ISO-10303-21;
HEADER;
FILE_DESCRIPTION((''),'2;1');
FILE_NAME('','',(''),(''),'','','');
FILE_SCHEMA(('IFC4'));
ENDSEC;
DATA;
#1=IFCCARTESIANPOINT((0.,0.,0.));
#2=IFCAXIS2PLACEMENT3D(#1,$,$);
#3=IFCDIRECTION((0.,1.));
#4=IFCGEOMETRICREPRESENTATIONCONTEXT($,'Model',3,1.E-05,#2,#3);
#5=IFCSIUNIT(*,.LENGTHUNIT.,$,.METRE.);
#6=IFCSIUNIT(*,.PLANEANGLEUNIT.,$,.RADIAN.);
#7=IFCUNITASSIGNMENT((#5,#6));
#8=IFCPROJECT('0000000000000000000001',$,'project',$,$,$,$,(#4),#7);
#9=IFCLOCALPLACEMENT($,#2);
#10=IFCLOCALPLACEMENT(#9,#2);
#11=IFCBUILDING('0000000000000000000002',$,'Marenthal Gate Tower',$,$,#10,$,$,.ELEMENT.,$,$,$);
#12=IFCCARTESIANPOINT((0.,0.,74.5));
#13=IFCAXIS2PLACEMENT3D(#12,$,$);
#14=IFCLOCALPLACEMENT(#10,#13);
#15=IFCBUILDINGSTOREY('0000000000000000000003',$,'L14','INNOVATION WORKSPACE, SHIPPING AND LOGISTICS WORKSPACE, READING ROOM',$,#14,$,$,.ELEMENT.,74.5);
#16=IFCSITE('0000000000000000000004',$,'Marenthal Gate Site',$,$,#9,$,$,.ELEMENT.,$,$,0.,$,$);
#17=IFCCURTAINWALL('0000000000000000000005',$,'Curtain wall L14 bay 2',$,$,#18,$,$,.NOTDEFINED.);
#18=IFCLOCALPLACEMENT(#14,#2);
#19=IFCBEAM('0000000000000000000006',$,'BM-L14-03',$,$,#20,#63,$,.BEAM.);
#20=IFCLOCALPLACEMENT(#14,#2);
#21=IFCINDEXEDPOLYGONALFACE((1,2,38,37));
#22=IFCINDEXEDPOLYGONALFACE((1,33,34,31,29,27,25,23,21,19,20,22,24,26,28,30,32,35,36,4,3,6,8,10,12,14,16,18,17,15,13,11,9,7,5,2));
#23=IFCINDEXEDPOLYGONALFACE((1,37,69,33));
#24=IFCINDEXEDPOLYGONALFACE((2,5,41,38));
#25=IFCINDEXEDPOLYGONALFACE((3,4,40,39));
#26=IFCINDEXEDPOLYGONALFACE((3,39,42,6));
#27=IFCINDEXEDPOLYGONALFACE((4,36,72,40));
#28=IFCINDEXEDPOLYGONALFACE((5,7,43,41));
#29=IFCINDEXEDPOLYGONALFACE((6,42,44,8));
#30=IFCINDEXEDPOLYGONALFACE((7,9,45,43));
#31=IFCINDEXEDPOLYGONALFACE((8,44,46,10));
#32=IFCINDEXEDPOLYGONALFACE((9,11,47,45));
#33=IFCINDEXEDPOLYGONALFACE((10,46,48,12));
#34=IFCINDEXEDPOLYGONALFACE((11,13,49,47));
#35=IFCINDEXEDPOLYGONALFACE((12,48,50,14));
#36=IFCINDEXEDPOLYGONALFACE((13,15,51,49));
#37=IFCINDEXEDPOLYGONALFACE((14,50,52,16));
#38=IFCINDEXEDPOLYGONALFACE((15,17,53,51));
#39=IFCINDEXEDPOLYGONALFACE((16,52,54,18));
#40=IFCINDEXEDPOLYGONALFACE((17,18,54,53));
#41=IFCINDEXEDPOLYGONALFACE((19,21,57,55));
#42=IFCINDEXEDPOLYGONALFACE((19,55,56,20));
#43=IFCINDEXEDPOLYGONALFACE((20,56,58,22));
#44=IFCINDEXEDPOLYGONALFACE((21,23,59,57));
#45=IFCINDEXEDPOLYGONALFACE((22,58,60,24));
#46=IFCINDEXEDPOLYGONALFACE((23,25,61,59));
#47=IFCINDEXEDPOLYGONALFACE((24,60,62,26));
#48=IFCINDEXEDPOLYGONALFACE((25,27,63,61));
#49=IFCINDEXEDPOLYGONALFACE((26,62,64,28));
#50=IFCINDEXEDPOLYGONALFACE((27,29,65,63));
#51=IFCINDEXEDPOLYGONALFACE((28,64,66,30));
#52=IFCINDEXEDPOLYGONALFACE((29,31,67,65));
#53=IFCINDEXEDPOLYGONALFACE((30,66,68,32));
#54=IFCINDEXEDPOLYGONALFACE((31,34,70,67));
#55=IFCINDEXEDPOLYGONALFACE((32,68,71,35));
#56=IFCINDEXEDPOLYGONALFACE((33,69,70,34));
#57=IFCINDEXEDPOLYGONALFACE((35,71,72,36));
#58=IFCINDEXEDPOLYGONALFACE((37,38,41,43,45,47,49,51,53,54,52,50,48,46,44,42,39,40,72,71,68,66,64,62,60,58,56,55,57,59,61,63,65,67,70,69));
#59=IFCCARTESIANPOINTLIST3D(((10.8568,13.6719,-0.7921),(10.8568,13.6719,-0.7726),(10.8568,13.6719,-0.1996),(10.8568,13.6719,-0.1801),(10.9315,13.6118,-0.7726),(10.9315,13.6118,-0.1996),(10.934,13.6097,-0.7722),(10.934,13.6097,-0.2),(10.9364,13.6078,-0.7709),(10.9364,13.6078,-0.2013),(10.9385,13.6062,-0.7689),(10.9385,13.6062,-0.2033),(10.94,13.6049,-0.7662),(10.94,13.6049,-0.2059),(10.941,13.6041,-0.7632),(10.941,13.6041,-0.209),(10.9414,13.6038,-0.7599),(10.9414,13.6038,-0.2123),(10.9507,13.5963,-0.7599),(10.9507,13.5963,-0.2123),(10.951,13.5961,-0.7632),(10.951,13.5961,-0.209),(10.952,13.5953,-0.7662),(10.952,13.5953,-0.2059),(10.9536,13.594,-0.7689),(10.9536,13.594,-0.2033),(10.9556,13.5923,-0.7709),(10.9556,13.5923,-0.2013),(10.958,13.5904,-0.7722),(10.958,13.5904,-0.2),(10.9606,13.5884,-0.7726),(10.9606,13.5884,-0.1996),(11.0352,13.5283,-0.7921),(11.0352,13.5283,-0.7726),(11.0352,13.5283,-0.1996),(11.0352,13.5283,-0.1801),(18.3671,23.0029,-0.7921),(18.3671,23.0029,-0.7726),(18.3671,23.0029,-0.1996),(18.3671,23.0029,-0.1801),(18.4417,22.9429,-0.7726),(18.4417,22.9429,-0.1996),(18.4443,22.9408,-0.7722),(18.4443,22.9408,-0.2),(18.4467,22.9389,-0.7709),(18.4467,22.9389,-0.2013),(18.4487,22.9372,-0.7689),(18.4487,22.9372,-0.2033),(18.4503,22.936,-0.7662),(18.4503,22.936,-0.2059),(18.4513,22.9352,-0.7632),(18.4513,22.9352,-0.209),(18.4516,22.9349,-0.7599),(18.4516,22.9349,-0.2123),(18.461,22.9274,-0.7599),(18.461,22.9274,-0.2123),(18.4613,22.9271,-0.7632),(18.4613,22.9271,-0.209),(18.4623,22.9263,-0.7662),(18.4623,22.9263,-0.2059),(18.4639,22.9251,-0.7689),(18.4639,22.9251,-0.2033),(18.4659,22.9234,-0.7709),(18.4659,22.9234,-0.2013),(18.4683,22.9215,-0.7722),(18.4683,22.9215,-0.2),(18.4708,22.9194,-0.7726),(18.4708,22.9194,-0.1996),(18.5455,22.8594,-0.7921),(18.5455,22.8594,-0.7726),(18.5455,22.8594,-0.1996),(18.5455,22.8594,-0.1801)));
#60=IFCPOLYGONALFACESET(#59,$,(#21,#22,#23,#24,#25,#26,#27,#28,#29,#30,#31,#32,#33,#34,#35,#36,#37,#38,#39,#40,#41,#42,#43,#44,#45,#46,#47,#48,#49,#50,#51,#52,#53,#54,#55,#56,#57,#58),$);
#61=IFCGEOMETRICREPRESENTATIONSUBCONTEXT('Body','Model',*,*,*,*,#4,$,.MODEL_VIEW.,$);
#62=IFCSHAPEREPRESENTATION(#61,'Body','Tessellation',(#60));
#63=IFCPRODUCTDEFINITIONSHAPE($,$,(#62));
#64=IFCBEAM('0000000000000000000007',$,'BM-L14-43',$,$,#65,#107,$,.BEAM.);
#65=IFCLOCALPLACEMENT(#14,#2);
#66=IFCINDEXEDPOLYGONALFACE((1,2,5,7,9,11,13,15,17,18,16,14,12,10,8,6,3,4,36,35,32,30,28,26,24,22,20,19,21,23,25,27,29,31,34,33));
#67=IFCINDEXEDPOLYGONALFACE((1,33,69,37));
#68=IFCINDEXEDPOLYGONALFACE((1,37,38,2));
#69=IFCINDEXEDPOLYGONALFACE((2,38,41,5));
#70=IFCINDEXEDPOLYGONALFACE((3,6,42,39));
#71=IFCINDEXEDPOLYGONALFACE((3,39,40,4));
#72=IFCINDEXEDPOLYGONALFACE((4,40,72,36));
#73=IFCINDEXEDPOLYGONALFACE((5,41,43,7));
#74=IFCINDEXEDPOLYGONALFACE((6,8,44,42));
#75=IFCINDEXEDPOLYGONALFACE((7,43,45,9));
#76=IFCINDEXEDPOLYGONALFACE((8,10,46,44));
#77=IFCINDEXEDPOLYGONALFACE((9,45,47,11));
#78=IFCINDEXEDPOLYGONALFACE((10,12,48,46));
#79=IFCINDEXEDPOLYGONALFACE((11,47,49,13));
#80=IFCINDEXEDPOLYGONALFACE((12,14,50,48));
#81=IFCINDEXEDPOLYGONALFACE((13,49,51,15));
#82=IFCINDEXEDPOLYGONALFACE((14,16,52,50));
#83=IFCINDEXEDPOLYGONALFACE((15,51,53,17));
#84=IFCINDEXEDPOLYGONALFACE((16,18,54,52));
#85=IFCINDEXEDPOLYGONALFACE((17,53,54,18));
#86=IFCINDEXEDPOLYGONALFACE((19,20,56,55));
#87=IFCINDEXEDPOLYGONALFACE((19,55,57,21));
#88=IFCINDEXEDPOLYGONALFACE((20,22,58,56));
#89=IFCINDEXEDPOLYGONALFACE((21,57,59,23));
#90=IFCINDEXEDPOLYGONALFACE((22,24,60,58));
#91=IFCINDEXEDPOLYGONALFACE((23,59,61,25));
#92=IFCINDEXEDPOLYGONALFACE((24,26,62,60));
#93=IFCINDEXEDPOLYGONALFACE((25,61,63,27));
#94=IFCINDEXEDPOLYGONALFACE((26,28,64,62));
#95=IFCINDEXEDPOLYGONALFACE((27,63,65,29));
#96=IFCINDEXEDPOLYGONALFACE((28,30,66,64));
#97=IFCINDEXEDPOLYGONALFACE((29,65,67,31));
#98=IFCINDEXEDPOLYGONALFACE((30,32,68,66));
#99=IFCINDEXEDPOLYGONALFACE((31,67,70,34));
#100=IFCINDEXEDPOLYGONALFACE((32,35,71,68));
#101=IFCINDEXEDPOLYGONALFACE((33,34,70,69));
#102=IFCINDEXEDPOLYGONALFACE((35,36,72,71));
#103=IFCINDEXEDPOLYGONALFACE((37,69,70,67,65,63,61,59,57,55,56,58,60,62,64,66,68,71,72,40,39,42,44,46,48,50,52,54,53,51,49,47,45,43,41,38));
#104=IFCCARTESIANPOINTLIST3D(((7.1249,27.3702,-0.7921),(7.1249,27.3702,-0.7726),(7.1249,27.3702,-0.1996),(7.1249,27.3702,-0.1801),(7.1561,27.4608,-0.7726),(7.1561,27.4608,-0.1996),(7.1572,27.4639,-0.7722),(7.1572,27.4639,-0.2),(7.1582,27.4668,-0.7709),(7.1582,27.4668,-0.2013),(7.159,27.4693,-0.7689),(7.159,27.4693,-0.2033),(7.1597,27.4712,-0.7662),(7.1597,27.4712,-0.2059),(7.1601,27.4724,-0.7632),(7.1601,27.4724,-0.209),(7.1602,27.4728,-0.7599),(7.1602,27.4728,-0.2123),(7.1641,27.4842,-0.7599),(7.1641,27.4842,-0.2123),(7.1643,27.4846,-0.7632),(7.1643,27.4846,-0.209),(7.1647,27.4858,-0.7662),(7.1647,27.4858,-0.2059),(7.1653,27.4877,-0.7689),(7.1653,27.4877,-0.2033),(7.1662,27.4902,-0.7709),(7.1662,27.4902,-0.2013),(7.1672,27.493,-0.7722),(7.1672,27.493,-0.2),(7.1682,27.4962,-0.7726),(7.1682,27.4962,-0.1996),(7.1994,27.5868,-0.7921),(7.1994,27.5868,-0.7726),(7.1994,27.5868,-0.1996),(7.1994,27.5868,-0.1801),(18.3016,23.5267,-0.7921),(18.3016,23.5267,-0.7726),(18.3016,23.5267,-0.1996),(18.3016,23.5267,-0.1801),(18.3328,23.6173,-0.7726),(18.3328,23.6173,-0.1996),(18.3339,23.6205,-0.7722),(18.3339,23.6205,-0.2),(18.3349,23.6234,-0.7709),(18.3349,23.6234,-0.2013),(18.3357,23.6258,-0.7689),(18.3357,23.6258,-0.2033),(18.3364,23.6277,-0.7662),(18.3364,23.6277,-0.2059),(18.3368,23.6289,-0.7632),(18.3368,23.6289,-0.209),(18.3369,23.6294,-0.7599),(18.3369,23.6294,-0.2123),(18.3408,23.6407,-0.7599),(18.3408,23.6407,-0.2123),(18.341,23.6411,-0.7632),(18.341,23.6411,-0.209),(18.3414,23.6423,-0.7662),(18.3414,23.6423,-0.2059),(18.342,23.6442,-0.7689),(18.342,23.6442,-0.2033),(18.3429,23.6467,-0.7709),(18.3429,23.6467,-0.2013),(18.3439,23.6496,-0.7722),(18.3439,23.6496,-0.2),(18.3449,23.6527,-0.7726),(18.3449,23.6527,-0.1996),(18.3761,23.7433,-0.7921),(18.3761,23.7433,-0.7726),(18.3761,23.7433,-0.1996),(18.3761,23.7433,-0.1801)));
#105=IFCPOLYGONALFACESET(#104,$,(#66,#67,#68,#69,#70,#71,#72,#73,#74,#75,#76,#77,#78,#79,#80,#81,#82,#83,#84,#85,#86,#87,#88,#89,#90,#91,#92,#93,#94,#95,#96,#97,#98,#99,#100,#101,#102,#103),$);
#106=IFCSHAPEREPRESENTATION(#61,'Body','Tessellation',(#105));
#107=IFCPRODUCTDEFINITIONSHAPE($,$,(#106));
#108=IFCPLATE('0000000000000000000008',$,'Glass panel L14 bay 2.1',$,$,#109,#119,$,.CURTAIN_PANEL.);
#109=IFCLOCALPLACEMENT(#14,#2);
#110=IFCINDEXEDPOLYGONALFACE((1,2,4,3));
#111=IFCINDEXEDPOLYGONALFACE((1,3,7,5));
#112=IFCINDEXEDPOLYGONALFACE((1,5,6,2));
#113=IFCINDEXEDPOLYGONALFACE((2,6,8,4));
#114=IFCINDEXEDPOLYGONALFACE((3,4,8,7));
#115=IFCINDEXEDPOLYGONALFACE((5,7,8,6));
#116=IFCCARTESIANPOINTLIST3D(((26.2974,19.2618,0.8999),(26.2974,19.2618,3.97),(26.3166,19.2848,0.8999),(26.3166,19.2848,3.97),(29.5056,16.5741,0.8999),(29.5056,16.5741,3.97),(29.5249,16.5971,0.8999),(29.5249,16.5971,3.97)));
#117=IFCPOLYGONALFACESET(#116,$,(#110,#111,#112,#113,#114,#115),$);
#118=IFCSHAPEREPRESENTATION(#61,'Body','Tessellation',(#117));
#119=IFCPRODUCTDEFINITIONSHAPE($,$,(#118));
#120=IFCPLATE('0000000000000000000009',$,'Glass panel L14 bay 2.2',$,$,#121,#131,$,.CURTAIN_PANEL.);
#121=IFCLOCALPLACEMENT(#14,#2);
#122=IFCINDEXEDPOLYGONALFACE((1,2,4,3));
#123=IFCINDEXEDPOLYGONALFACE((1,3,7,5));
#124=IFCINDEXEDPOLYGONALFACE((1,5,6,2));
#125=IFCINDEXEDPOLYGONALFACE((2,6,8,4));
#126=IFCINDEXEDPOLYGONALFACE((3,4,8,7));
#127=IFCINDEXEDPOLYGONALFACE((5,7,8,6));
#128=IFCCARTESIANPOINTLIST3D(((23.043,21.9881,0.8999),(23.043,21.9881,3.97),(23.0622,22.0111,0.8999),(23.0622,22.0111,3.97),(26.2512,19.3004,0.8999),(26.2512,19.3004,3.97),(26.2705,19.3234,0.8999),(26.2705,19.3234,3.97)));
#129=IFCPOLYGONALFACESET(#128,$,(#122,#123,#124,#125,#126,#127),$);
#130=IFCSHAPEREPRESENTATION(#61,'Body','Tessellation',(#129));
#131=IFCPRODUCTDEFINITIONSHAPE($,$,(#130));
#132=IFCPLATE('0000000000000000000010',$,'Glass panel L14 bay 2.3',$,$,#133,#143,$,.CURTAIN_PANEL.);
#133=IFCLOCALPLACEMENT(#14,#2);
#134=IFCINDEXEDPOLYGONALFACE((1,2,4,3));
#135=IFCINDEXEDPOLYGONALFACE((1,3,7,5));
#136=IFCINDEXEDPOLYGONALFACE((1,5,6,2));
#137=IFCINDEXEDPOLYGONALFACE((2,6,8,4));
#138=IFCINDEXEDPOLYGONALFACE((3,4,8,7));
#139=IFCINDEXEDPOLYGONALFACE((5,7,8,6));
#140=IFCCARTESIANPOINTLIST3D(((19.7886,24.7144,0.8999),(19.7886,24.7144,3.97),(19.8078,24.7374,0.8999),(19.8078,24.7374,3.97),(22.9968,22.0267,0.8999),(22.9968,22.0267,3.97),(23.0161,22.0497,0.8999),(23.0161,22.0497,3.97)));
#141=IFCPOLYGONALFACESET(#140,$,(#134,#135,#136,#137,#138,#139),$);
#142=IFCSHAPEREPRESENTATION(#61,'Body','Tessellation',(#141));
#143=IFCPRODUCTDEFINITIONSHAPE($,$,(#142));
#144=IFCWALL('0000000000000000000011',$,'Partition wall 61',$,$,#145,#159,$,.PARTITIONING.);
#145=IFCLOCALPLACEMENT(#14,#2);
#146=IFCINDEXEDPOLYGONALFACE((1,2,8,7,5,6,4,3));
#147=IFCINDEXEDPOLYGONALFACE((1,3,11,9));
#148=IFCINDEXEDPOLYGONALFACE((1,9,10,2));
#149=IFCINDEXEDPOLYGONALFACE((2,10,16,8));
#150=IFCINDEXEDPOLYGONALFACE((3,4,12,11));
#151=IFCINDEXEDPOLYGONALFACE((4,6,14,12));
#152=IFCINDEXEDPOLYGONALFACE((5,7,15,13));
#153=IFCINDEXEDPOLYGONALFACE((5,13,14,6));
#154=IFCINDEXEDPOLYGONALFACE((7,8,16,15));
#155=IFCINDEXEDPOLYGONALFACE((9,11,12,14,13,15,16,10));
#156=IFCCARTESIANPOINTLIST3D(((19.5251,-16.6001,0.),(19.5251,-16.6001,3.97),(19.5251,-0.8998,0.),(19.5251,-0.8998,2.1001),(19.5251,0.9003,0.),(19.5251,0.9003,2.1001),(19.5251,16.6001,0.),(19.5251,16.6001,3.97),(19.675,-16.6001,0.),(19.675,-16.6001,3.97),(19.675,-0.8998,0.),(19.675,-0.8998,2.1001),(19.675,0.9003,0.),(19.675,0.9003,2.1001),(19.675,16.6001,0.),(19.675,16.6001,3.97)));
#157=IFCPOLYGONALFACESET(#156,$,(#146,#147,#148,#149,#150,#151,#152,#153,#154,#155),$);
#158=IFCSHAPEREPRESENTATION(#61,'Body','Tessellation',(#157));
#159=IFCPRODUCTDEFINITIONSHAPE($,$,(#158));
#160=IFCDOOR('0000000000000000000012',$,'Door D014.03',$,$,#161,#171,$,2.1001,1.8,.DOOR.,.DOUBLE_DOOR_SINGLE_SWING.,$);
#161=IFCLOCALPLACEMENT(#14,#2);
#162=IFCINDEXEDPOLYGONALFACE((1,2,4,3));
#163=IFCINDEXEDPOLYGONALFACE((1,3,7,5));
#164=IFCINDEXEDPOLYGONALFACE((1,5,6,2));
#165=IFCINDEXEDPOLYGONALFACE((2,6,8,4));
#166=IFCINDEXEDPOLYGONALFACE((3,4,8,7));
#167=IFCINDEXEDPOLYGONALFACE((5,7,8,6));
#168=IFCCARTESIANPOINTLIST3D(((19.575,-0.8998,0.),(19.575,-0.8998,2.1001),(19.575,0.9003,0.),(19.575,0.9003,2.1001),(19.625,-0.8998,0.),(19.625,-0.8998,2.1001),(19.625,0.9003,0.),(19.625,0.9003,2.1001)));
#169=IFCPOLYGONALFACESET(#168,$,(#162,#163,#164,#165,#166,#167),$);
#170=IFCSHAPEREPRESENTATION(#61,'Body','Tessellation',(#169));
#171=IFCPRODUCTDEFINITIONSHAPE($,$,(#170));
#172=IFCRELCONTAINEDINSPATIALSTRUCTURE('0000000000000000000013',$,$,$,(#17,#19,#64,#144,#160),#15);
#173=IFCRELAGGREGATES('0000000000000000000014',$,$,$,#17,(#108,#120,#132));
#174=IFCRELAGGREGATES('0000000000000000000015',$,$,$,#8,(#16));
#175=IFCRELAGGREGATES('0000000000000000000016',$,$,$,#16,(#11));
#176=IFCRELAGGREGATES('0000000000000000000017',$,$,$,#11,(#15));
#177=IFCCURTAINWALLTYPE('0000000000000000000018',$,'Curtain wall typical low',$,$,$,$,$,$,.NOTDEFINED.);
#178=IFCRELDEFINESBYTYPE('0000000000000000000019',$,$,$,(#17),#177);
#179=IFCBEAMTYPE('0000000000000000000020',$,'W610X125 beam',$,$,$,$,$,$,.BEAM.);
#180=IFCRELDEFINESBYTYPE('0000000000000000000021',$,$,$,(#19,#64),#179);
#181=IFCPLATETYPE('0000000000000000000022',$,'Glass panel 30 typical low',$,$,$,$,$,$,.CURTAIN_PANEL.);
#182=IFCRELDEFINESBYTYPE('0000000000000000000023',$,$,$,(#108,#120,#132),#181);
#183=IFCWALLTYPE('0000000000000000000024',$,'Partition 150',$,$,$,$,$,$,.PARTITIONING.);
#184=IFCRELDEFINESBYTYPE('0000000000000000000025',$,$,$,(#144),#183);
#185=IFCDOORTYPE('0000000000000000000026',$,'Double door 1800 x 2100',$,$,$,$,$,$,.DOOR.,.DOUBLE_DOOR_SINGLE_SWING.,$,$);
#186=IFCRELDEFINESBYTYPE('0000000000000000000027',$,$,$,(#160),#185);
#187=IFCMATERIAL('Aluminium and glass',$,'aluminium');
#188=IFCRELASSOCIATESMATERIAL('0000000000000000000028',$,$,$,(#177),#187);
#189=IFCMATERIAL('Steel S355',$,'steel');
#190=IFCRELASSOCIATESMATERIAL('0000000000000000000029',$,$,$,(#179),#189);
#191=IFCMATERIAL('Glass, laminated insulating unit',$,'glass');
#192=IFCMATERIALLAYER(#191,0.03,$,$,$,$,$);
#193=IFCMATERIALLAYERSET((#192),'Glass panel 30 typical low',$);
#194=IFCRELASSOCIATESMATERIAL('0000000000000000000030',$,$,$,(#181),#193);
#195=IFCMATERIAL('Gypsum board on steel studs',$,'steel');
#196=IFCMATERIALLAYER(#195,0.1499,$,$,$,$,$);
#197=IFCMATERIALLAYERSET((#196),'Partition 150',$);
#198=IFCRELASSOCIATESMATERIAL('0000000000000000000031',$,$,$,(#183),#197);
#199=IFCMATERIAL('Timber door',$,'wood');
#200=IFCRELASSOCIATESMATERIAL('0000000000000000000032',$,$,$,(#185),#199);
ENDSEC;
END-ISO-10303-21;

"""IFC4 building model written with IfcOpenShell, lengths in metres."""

from ifc_helpers import new_model, si_unit, direction, frame, frame_2d, origin, origin_2d, place, context, subcontext, project, spatial, rectangle, i_section, extrude, material, layer, layer_set, material_profile, profile_set, type_object, element, fill, aggregate, save


model = new_model("IFC4")

# Units and contexts
model_context = context("Model", 3, precision=1e-05, world=origin(), true_north=direction((0.0, 1.0)))
body_context = subcontext(model_context, "Body", "Model", "MODEL_VIEW")
ifc_project = project(units=[si_unit("LENGTHUNIT", "METRE"), si_unit("PLANEANGLEUNIT", "RADIAN")], contexts=[model_context])

# Site, building, storey
site_placement = place(None, origin())
site = spatial("IfcSite", under=ifc_project, at=site_placement, Name="Marenthal Gate Site", CompositionType="ELEMENT", RefElevation=0.0)
building_placement = place(site_placement, origin())
building = spatial("IfcBuilding", under=site, at=building_placement, Name="Marenthal Gate Tower", CompositionType="ELEMENT")
storey_placement = place(building_placement, frame((0.0, 0.0, 74.5)))
storey = spatial("IfcBuildingStorey", under=building, at=storey_placement, Name="L14", Description="INNOVATION WORKSPACE, SHIPPING AND LOGISTICS WORKSPACE, READING ROOM", CompositionType="ELEMENT", Elevation=74.5)

# Curtain wall
ifc_material_1 = material(Name="Aluminium and glass", Category="aluminium")
curtain_wall_type = type_object("IfcCurtainWallType", Name="Curtain wall typical low", PredefinedType="NOTDEFINED", material=ifc_material_1)
curtain_wall_placement = place(storey_placement, origin())
curtain_wall = element("IfcCurtainWall", 1, at=curtain_wall_placement, inside=storey, type_object=curtain_wall_type, Name="Curtain wall L14 bay 2", PredefinedType="NOTDEFINED")

# Beams
ifc_material_2 = material(Name="Steel S355", Category="steel")
ifc_material_profile_1 = material_profile(ifc_material_2, i_section(OverallWidth=0.229, OverallDepth=0.6121, WebThickness=0.012, FlangeThickness=0.0195, FilletRadius=0.0127, at=origin_2d()), Name="W610X125")
ifc_profile_set_1 = profile_set([ifc_material_profile_1], Name="Steel S355")
beam_type_1 = type_object("IfcBeamType", Name="W610X125 beam", PredefinedType="BEAM", material=ifc_profile_set_1)
beam_1_placement = place(storey_placement, frame((18.4563, 22.9312, -0.4861), z_axis=(-0.627004, -0.779016, 0.0), x_axis=(0.779016, -0.627004, 0.0)))
element("IfcBeam", 2, at=beam_1_placement, inside=storey, type_object=beam_type_1, Name="BM-L14-03", PredefinedType="BEAM", context=body_context, shape_type="SweptSolid", body=[
    extrude(i_section(OverallWidth=0.229, OverallDepth=0.6121, WebThickness=0.012, FlangeThickness=0.0195, FilletRadius=0.0127, at=origin_2d()), origin(), (0.0, 0.0, 1.0), 11.978),
])
beam_2_placement = place(storey_placement, frame((18.3389, 23.635, -0.4861), z_axis=(-0.945648, 0.325193, 0.0), x_axis=(-0.325193, -0.945648, 0.0)))
element("IfcBeam", 3, at=beam_2_placement, inside=storey, type_object=beam_type_1, Name="BM-L14-43", PredefinedType="BEAM", context=body_context, shape_type="SweptSolid", body=[
    extrude(i_section(OverallWidth=0.229, OverallDepth=0.6121, WebThickness=0.012, FlangeThickness=0.0195, FilletRadius=0.0127, at=origin_2d()), origin(), (0.0, 0.0, 1.0), 11.8191),
])

# Plates
ifc_material_3 = material(Name="Glass, laminated insulating unit", Category="glass")
ifc_layer_1 = layer(ifc_material_3, 0.03)
ifc_layer_set_1 = layer_set([ifc_layer_1], Name="Glass panel 30 typical low")
plate_type = type_object("IfcPlateType", Name="Glass panel 30 typical low", PredefinedType="CURTAIN_PANEL", material=ifc_layer_set_1)
plate_1_placement = place(storey_placement, frame((27.9111, 17.9294, 0.8999), z_axis=(0.0, 0.0, 1.0), x_axis=(-0.766557, 0.642176, 0.0)))
plate_1 = element("IfcPlate", 4, at=plate_1_placement, type_object=plate_type, Name="Glass panel L14 bay 2.1", PredefinedType="CURTAIN_PANEL", context=body_context, shape_type="SweptSolid", body=[
    extrude(rectangle(XDim=4.1853, YDim=0.03, at=origin_2d()), origin(), (0.0, 0.0, 1.0), 3.0701),
])
plate_2_placement = place(storey_placement, frame((24.6567, 20.6558, 0.8999), z_axis=(0.0, 0.0, 1.0), x_axis=(-0.766557, 0.642176, 0.0)))
plate_2 = element("IfcPlate", 5, at=plate_2_placement, type_object=plate_type, Name="Glass panel L14 bay 2.2", PredefinedType="CURTAIN_PANEL", context=body_context, shape_type="SweptSolid", body=[
    extrude(rectangle(XDim=4.1853, YDim=0.03, at=origin_2d()), origin(), (0.0, 0.0, 1.0), 3.0701),
])
plate_3_placement = place(storey_placement, frame((21.4023, 23.3821, 0.8999), z_axis=(0.0, 0.0, 1.0), x_axis=(-0.766557, 0.642176, 0.0)))
plate_3 = element("IfcPlate", 6, at=plate_3_placement, type_object=plate_type, Name="Glass panel L14 bay 2.3", PredefinedType="CURTAIN_PANEL", context=body_context, shape_type="SweptSolid", body=[
    extrude(rectangle(XDim=4.1853, YDim=0.03, at=origin_2d()), origin(), (0.0, 0.0, 1.0), 3.0701),
])
aggregate(curtain_wall, [plate_1, plate_2, plate_3])

# Wall, opening, door
ifc_material_4 = material(Name="Gypsum board on steel studs", Category="steel")
ifc_layer_2 = layer(ifc_material_4, 0.1499)
ifc_layer_set_2 = layer_set([ifc_layer_2], Name="Partition 150")
wall_type_1 = type_object("IfcWallType", Name="Partition 150", PredefinedType="PARTITIONING", material=ifc_layer_set_2)
wall_1_placement = place(storey_placement, frame((19.6001, 16.6001, 0.0), z_axis=(0.0, 0.0, 1.0), x_axis=(0.0, -1.0, 0.0)))
wall_1 = element("IfcWall", 7, at=wall_1_placement, inside=storey, type_object=wall_type_1, Name="Partition wall 61", PredefinedType="PARTITIONING", context=body_context, shape_type="SweptSolid", body=[
    extrude(rectangle(XDim=33.2002, YDim=0.1499, at=frame_2d((16.6001, 0.0))), origin(), (0.0, 0.0, 1.0), 3.97),
])
opening_1_placement = place(wall_1_placement, frame((15.7, 0.0, 0.0)))
opening_1 = element("IfcOpeningElement", 8, at=opening_1_placement, cuts=wall_1, PredefinedType="OPENING", context=body_context, shape_type="SweptSolid", body=[
    extrude(rectangle(XDim=1.8, YDim=2.1001, at=frame_2d((0.8999, 1.05))), frame((0.0, 0.085, 0.0), z_axis=(0.0, -1.0, 0.0), x_axis=(1.0, 0.0, 0.0)), (0.0, 0.0, 1.0), 0.1699),
])
ifc_material_5 = material(Name="Timber door", Category="wood")
door_type_1 = type_object("IfcDoorType", Name="Double door 1800 x 2100", OperationType="DOUBLE_DOOR_SINGLE_SWING", PredefinedType="DOOR", material=ifc_material_5)
door_1_placement = place(opening_1_placement, origin())
door_1 = element("IfcDoor", 9, at=door_1_placement, inside=storey, type_object=door_type_1, Name="Door D014.03", OperationType="DOUBLE_DOOR_SINGLE_SWING", OverallHeight=2.1001, OverallWidth=1.8, PredefinedType="DOOR", context=body_context, shape_type="SweptSolid", body=[
    extrude(rectangle(XDim=1.8, YDim=2.1001, at=frame_2d((0.8999, 1.05))), frame((0.0, 0.0249, 0.0), z_axis=(0.0, -1.0, 0.0), x_axis=(1.0, 0.0, 0.0)), (0.0, 0.0, 1.0), 0.05),
])
fill(opening_1, door_1)

save(model, "model.ifc")
